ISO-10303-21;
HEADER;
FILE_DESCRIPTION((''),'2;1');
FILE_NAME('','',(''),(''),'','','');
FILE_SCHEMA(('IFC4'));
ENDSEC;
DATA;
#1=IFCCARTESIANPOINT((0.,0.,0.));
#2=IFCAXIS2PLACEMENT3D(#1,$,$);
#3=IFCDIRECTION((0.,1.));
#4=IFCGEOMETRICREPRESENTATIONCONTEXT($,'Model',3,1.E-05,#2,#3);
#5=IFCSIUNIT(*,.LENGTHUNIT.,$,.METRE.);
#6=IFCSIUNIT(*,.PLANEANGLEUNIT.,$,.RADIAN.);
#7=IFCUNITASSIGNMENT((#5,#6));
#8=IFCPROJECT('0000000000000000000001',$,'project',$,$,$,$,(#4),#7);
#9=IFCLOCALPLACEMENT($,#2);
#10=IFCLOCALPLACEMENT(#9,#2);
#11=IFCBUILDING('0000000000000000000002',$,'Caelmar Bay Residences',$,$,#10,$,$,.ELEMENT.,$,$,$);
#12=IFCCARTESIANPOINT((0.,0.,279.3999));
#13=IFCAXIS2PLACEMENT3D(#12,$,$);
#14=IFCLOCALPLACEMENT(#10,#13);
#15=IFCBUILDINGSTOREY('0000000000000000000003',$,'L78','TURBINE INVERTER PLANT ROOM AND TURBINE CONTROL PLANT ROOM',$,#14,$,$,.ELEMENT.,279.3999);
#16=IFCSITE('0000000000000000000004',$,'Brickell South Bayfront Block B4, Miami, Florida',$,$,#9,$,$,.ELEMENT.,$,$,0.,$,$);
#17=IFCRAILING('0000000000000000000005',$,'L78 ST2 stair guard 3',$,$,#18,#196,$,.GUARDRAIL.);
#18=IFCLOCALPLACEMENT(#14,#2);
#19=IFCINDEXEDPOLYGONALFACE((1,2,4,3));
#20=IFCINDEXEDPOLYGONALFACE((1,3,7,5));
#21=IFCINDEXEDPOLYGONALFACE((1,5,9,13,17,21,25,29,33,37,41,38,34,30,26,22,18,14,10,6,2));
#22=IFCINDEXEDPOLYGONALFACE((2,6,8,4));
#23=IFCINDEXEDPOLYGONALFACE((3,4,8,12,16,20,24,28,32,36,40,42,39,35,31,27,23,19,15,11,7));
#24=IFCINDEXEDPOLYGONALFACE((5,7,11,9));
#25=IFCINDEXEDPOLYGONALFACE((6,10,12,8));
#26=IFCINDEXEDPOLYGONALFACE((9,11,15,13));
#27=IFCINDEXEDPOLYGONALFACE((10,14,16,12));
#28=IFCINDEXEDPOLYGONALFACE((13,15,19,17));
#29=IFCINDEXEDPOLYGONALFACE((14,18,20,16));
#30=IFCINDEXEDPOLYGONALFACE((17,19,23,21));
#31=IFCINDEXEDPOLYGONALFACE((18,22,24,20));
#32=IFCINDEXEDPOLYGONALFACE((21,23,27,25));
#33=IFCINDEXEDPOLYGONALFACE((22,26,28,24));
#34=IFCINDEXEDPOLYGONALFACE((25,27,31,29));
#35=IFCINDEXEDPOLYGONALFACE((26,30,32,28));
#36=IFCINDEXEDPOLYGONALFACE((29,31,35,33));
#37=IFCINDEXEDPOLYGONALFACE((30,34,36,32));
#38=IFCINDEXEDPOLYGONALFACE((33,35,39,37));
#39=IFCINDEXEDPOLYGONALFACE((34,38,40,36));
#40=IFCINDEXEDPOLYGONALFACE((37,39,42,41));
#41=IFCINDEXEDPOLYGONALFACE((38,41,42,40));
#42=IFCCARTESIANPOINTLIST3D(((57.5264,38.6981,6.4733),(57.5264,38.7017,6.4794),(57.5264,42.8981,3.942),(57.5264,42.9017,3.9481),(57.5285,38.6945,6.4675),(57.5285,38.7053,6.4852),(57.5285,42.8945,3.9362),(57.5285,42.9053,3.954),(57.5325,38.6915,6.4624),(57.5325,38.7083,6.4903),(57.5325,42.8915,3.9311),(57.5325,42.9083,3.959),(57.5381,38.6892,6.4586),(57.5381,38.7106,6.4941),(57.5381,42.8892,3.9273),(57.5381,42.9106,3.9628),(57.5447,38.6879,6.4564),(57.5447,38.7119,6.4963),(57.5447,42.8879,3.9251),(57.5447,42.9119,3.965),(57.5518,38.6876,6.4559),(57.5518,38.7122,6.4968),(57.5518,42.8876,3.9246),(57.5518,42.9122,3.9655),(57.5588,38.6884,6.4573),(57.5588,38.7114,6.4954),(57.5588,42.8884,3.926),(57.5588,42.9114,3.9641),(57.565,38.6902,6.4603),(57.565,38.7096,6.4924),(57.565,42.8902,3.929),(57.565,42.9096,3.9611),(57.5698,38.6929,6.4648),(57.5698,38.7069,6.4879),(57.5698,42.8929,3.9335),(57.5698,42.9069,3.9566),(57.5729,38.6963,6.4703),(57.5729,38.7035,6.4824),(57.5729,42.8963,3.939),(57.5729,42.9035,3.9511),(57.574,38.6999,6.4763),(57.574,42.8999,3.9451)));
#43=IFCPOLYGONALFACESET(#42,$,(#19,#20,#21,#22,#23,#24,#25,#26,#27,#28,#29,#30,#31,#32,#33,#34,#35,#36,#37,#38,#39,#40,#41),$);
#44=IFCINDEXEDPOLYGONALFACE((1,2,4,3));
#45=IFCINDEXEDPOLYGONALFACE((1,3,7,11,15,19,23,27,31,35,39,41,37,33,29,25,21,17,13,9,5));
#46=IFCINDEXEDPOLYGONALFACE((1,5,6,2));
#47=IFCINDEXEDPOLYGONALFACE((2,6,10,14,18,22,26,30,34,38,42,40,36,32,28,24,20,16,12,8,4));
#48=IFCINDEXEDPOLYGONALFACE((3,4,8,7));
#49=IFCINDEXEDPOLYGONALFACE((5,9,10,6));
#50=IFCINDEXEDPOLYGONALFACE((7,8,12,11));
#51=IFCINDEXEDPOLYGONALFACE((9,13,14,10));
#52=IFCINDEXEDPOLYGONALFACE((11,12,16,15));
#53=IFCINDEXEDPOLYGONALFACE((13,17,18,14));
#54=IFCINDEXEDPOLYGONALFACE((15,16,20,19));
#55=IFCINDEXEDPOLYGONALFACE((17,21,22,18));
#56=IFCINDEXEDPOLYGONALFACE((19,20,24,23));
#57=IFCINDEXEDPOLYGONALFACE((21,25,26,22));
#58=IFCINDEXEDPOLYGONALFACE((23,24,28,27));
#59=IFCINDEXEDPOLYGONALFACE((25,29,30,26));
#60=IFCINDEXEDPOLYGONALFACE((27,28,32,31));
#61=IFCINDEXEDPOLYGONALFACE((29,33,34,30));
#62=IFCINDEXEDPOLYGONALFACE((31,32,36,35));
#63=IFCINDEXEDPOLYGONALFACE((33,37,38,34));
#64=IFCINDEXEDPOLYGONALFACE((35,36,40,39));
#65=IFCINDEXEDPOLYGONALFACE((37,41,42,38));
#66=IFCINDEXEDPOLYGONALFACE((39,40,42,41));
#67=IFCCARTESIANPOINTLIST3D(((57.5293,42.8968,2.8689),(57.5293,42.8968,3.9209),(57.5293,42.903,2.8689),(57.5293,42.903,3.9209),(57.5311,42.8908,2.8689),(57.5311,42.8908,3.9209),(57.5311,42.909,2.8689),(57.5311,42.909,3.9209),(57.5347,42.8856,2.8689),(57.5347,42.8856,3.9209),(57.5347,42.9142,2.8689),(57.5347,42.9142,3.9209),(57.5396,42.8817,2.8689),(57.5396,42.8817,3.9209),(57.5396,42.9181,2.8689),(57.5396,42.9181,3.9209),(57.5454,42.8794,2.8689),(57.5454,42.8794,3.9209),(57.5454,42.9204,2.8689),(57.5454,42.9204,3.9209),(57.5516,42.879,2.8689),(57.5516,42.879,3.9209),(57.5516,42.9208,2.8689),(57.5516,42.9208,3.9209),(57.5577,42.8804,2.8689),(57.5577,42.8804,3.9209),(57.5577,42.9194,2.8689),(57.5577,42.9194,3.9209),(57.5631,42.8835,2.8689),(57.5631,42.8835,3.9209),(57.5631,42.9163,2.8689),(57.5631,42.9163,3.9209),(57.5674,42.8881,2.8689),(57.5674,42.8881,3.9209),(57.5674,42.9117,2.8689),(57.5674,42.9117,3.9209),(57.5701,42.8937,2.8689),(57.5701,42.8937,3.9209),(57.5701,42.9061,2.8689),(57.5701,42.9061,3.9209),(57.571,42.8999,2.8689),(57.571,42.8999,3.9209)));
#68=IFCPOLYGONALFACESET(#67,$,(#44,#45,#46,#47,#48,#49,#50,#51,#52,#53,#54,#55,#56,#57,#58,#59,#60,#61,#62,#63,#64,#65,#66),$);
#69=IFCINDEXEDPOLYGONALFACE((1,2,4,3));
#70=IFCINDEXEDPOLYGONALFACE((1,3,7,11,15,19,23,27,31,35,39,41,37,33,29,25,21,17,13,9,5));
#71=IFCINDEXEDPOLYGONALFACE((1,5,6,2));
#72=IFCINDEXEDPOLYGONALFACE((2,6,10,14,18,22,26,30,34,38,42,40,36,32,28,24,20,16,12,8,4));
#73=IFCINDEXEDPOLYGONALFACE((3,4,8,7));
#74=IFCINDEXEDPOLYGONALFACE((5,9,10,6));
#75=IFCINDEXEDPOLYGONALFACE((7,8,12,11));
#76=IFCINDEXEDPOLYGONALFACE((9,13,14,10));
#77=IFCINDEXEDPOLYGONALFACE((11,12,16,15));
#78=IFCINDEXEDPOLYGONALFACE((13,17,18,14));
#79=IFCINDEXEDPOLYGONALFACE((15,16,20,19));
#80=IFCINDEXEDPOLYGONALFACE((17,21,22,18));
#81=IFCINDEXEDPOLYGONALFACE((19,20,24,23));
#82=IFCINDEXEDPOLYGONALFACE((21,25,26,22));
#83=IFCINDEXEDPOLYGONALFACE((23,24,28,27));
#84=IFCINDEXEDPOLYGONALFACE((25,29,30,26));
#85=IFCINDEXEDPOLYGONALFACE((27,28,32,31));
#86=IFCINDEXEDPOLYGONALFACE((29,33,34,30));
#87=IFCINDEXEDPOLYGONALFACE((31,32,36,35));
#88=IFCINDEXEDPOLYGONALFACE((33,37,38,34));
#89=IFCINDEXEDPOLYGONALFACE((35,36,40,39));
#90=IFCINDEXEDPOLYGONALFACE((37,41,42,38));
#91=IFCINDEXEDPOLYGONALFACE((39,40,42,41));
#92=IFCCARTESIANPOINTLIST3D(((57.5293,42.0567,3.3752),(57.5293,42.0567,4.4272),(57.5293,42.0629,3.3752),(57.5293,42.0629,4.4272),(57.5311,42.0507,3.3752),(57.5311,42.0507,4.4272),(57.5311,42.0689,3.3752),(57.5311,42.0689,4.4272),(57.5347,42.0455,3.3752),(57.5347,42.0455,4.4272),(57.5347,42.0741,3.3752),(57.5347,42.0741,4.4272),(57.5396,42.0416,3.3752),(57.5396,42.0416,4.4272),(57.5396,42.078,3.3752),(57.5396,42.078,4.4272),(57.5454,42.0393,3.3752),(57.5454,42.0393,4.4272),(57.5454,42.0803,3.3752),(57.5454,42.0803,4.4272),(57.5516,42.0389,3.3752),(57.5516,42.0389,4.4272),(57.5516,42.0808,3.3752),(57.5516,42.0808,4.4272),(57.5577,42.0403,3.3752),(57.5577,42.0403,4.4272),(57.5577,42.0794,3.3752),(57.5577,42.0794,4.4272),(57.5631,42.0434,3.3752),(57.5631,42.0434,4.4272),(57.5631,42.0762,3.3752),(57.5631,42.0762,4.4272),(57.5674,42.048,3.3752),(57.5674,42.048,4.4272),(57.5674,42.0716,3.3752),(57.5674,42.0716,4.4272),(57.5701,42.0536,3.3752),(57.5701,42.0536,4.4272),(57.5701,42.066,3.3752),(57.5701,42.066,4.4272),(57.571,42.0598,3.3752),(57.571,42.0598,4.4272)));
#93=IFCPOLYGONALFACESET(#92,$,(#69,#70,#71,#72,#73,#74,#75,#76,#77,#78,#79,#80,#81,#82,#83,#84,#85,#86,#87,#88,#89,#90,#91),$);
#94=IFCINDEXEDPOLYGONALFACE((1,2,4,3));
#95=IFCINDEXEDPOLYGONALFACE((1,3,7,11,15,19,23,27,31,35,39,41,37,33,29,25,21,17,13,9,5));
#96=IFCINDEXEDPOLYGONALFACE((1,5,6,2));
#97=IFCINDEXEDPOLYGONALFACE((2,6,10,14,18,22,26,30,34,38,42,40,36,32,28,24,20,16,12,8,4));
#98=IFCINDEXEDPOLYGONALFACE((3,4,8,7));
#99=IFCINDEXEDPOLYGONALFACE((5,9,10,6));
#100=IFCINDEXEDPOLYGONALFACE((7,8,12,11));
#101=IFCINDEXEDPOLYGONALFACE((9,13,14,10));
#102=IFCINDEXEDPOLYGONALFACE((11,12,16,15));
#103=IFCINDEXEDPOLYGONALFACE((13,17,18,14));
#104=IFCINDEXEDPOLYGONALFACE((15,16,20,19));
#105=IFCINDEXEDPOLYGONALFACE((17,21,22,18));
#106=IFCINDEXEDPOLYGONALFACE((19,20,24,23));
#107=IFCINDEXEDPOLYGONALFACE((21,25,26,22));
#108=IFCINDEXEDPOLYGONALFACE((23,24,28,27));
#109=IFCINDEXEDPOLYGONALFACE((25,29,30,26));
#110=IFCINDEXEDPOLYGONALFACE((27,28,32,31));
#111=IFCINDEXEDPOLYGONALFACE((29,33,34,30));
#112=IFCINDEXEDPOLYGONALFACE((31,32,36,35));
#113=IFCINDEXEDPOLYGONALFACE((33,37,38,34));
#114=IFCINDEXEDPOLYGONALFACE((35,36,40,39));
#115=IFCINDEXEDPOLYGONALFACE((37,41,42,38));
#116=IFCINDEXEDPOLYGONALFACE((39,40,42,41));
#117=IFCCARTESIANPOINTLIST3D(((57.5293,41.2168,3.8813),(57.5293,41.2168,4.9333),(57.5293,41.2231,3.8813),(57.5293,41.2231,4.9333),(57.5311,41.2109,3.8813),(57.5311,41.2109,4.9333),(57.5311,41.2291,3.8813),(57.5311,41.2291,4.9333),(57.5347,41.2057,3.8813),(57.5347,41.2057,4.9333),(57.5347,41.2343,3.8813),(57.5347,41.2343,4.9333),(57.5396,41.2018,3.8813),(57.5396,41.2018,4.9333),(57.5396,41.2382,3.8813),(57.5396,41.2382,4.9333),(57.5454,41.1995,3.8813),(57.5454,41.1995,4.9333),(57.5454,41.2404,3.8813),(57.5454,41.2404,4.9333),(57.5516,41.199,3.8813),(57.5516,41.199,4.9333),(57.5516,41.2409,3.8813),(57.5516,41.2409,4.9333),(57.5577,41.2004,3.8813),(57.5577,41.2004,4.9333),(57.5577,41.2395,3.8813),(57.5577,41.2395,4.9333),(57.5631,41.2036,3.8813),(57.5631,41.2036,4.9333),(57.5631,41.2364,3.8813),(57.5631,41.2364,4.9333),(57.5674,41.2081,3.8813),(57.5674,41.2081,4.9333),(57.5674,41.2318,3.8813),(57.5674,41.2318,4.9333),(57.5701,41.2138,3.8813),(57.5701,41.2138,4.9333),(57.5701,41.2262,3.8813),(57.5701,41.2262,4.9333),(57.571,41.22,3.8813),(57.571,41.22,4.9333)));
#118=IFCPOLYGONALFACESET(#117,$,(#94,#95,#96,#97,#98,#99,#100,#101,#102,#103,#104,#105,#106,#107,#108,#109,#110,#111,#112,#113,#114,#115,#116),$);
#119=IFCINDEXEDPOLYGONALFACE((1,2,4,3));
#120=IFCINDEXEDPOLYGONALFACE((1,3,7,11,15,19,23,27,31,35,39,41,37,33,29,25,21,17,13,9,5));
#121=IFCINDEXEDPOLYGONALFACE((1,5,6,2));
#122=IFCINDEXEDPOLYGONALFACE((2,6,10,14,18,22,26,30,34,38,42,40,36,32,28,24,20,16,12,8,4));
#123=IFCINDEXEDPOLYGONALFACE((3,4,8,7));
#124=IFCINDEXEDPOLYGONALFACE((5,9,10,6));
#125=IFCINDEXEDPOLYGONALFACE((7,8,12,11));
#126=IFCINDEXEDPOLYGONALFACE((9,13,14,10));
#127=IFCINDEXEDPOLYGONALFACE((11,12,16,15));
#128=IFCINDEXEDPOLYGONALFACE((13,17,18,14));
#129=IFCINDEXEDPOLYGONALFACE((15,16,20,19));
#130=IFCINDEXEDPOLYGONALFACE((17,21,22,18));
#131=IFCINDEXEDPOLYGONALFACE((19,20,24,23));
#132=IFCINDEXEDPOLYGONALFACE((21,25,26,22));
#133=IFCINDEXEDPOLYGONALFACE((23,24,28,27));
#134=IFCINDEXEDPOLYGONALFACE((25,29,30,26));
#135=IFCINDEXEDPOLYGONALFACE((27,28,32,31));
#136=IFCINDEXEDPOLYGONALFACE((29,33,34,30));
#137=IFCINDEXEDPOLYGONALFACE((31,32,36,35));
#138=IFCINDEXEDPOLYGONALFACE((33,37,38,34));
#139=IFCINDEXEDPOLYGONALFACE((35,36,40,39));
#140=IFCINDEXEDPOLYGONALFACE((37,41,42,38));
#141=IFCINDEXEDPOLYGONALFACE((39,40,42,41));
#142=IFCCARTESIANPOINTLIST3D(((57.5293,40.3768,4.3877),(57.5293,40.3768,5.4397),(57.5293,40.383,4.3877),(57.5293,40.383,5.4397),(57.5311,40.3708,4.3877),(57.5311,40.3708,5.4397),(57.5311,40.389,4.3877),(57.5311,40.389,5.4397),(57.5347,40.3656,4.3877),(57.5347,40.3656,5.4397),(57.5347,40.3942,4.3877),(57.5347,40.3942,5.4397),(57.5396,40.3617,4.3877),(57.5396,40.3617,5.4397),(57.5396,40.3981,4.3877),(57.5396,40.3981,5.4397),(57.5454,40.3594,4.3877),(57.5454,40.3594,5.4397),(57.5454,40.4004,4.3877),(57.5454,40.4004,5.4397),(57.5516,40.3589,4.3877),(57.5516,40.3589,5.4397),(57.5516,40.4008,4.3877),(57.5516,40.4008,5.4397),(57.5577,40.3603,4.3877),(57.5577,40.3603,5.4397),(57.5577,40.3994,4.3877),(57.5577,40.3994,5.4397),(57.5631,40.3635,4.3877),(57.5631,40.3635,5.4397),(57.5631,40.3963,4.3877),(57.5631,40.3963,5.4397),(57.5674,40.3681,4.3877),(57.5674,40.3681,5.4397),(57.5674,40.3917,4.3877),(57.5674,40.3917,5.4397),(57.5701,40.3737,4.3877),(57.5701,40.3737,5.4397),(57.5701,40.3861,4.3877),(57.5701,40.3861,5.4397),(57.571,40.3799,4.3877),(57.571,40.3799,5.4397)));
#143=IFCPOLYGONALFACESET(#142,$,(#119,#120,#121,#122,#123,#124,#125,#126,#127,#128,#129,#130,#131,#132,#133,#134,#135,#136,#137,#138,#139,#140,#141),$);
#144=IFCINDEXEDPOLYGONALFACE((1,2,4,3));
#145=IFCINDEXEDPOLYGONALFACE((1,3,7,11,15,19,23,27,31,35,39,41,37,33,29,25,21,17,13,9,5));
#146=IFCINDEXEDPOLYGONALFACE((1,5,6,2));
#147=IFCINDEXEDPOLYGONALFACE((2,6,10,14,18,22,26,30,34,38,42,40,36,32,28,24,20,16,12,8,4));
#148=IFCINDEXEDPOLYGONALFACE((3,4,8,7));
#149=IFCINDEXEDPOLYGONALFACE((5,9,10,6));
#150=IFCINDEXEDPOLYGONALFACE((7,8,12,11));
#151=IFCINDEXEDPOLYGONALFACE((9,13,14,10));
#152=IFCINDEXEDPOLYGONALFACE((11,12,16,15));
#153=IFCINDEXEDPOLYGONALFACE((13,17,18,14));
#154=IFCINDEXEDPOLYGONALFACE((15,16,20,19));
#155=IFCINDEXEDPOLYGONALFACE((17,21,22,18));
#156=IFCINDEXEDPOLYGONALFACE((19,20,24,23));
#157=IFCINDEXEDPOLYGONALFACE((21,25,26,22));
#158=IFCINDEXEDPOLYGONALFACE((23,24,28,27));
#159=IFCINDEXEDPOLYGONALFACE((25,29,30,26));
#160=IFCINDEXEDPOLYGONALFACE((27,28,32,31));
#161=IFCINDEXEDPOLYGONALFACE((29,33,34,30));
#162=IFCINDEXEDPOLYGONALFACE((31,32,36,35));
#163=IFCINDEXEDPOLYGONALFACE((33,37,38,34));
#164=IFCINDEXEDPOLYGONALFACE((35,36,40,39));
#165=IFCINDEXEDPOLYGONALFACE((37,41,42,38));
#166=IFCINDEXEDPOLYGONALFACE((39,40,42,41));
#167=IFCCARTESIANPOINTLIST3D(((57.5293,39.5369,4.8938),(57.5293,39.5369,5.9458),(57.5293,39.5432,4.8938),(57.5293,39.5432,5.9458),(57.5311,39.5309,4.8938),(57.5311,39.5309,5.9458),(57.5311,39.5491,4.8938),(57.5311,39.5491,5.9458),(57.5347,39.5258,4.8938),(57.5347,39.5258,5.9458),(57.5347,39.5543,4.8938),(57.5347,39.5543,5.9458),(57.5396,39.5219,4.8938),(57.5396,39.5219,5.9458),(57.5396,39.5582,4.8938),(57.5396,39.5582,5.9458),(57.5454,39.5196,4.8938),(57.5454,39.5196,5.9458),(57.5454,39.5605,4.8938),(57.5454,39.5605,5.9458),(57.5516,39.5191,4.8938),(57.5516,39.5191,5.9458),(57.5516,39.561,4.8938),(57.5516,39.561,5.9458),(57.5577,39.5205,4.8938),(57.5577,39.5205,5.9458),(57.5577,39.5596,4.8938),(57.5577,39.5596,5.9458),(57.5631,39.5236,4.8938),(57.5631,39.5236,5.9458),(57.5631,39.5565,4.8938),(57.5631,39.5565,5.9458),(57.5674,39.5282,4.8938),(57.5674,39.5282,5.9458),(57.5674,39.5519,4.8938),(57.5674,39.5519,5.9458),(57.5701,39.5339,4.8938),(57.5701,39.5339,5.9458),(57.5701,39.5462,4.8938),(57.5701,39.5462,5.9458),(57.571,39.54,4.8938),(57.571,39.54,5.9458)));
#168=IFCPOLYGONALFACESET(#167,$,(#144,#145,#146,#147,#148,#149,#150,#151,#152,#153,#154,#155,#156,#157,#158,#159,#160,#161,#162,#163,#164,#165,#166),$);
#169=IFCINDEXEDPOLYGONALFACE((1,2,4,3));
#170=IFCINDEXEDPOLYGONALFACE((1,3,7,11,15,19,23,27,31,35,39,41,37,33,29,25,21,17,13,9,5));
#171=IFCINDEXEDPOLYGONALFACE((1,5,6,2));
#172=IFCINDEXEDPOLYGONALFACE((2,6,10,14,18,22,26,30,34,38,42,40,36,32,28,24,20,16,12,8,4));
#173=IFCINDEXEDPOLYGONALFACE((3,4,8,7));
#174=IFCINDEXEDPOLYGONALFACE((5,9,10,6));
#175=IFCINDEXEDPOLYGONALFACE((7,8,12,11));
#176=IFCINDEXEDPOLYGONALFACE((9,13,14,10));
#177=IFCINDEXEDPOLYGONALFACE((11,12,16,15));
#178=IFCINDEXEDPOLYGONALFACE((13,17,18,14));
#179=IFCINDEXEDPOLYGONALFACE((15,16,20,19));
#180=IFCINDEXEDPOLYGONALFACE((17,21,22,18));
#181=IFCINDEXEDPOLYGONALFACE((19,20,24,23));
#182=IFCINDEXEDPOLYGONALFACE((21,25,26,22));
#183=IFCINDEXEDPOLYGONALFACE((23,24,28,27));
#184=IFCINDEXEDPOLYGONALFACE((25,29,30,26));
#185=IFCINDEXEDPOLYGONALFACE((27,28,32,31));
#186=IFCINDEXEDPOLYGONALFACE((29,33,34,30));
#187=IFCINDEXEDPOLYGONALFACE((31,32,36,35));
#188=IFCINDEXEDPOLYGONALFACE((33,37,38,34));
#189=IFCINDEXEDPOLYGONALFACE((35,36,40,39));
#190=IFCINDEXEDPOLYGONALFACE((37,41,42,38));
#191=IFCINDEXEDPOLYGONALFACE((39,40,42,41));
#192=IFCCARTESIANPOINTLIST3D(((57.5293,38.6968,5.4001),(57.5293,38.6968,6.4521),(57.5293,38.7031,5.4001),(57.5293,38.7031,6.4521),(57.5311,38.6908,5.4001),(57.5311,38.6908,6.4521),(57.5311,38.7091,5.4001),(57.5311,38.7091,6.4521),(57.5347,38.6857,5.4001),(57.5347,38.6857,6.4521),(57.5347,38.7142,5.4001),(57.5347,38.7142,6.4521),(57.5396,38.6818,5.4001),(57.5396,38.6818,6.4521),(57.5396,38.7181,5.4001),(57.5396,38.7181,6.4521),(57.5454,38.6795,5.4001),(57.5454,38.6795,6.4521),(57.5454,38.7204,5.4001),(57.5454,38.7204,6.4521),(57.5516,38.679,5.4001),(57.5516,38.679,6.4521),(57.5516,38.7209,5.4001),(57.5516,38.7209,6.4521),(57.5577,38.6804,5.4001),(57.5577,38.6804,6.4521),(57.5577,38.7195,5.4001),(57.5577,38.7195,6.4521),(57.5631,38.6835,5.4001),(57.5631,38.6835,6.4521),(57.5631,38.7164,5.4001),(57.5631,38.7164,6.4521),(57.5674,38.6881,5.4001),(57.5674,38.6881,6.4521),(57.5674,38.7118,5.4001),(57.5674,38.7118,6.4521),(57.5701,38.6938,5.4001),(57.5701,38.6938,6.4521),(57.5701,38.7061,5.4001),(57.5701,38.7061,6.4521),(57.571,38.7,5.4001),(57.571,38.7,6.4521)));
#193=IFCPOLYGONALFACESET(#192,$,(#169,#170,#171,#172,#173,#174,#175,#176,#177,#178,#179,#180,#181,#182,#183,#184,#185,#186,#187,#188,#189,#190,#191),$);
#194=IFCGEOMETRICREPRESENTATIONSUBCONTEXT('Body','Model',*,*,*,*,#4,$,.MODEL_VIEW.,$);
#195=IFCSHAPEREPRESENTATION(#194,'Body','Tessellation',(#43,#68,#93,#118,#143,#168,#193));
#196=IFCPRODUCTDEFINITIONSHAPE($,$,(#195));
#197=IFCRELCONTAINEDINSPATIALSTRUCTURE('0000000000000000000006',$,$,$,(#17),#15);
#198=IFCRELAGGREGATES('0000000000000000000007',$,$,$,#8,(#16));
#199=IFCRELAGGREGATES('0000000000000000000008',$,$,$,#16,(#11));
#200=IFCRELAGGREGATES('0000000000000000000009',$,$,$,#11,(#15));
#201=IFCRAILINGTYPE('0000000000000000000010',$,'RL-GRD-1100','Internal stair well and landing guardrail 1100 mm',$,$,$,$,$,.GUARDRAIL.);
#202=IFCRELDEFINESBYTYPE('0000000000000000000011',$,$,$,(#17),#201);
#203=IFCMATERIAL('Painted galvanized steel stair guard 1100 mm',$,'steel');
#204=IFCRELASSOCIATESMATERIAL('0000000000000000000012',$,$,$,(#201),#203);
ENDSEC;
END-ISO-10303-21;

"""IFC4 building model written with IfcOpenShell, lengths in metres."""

from ifc_helpers import new_model, si_unit, direction, frame, origin, origin_2d, place, context, subcontext, project, spatial, circle, extrude, material, type_object, element, save


model = new_model("IFC4")

# Units and contexts
model_context = context("Model", 3, precision=1e-05, world=origin(), true_north=direction((0.0, 1.0)))
body_context = subcontext(model_context, "Body", "Model", "MODEL_VIEW")
ifc_project = project(units=[si_unit("LENGTHUNIT", "METRE"), si_unit("PLANEANGLEUNIT", "RADIAN")], contexts=[model_context])

# Site, building, storey
site_placement = place(None, origin())
site = spatial("IfcSite", under=ifc_project, at=site_placement, Name="Brickell South Bayfront Block B4, Miami, Florida", CompositionType="ELEMENT", RefElevation=0.0)
building_placement = place(site_placement, origin())
building = spatial("IfcBuilding", under=site, at=building_placement, Name="Caelmar Bay Residences", CompositionType="ELEMENT")
storey_placement = place(building_placement, frame((0.0, 0.0, 279.3999)))
storey = spatial("IfcBuildingStorey", under=building, at=storey_placement, Name="L78", Description="TURBINE INVERTER PLANT ROOM AND TURBINE CONTROL PLANT ROOM", CompositionType="ELEMENT", Elevation=279.3999)

# Railing
ifc_material_1 = material(Name="Painted galvanized steel stair guard 1100 mm", Category="steel")
railing_type_1 = type_object("IfcRailingType", Name="RL-GRD-1100", Description="Internal stair well and landing guardrail 1100 mm", PredefinedType="GUARDRAIL", material=ifc_material_1)
railing_1_placement = place(storey_placement, frame((57.55, 42.8999, 2.8689)))
element("IfcRailing", 1, at=railing_1_placement, inside=storey, type_object=railing_type_1, Name="L78 ST2 stair guard 3", PredefinedType="GUARDRAIL", context=body_context, shape_type="SweptSolid", body=[
    extrude(circle(Radius=0.0239, at=origin_2d()), frame((0.0, 0.0, 1.0762), z_axis=(0.0, -0.856476, 0.516186), x_axis=(1.0, 0.0, 0.0)), (0.0, 0.0, 1.0), 4.9038),
    extrude(circle(Radius=0.021, at=origin_2d()), origin(), (0.0, 0.0, 1.0), 1.052),
    extrude(circle(Radius=0.021, at=origin_2d()), frame((0.0, -0.8401, 0.5063)), (0.0, 0.0, 1.0), 1.052),
    extrude(circle(Radius=0.021, at=origin_2d()), frame((0.0, -1.6799, 1.0125)), (0.0, 0.0, 1.0), 1.052),
    extrude(circle(Radius=0.021, at=origin_2d()), frame((0.0, -2.52, 1.5188)), (0.0, 0.0, 1.0), 1.052),
    extrude(circle(Radius=0.021, at=origin_2d()), frame((0.0, -3.3599, 2.0249)), (0.0, 0.0, 1.0), 1.052),
    extrude(circle(Radius=0.021, at=origin_2d()), frame((0.0, -4.2, 2.5312)), (0.0, 0.0, 1.0), 1.052),
])

save(model, "model.ifc")
